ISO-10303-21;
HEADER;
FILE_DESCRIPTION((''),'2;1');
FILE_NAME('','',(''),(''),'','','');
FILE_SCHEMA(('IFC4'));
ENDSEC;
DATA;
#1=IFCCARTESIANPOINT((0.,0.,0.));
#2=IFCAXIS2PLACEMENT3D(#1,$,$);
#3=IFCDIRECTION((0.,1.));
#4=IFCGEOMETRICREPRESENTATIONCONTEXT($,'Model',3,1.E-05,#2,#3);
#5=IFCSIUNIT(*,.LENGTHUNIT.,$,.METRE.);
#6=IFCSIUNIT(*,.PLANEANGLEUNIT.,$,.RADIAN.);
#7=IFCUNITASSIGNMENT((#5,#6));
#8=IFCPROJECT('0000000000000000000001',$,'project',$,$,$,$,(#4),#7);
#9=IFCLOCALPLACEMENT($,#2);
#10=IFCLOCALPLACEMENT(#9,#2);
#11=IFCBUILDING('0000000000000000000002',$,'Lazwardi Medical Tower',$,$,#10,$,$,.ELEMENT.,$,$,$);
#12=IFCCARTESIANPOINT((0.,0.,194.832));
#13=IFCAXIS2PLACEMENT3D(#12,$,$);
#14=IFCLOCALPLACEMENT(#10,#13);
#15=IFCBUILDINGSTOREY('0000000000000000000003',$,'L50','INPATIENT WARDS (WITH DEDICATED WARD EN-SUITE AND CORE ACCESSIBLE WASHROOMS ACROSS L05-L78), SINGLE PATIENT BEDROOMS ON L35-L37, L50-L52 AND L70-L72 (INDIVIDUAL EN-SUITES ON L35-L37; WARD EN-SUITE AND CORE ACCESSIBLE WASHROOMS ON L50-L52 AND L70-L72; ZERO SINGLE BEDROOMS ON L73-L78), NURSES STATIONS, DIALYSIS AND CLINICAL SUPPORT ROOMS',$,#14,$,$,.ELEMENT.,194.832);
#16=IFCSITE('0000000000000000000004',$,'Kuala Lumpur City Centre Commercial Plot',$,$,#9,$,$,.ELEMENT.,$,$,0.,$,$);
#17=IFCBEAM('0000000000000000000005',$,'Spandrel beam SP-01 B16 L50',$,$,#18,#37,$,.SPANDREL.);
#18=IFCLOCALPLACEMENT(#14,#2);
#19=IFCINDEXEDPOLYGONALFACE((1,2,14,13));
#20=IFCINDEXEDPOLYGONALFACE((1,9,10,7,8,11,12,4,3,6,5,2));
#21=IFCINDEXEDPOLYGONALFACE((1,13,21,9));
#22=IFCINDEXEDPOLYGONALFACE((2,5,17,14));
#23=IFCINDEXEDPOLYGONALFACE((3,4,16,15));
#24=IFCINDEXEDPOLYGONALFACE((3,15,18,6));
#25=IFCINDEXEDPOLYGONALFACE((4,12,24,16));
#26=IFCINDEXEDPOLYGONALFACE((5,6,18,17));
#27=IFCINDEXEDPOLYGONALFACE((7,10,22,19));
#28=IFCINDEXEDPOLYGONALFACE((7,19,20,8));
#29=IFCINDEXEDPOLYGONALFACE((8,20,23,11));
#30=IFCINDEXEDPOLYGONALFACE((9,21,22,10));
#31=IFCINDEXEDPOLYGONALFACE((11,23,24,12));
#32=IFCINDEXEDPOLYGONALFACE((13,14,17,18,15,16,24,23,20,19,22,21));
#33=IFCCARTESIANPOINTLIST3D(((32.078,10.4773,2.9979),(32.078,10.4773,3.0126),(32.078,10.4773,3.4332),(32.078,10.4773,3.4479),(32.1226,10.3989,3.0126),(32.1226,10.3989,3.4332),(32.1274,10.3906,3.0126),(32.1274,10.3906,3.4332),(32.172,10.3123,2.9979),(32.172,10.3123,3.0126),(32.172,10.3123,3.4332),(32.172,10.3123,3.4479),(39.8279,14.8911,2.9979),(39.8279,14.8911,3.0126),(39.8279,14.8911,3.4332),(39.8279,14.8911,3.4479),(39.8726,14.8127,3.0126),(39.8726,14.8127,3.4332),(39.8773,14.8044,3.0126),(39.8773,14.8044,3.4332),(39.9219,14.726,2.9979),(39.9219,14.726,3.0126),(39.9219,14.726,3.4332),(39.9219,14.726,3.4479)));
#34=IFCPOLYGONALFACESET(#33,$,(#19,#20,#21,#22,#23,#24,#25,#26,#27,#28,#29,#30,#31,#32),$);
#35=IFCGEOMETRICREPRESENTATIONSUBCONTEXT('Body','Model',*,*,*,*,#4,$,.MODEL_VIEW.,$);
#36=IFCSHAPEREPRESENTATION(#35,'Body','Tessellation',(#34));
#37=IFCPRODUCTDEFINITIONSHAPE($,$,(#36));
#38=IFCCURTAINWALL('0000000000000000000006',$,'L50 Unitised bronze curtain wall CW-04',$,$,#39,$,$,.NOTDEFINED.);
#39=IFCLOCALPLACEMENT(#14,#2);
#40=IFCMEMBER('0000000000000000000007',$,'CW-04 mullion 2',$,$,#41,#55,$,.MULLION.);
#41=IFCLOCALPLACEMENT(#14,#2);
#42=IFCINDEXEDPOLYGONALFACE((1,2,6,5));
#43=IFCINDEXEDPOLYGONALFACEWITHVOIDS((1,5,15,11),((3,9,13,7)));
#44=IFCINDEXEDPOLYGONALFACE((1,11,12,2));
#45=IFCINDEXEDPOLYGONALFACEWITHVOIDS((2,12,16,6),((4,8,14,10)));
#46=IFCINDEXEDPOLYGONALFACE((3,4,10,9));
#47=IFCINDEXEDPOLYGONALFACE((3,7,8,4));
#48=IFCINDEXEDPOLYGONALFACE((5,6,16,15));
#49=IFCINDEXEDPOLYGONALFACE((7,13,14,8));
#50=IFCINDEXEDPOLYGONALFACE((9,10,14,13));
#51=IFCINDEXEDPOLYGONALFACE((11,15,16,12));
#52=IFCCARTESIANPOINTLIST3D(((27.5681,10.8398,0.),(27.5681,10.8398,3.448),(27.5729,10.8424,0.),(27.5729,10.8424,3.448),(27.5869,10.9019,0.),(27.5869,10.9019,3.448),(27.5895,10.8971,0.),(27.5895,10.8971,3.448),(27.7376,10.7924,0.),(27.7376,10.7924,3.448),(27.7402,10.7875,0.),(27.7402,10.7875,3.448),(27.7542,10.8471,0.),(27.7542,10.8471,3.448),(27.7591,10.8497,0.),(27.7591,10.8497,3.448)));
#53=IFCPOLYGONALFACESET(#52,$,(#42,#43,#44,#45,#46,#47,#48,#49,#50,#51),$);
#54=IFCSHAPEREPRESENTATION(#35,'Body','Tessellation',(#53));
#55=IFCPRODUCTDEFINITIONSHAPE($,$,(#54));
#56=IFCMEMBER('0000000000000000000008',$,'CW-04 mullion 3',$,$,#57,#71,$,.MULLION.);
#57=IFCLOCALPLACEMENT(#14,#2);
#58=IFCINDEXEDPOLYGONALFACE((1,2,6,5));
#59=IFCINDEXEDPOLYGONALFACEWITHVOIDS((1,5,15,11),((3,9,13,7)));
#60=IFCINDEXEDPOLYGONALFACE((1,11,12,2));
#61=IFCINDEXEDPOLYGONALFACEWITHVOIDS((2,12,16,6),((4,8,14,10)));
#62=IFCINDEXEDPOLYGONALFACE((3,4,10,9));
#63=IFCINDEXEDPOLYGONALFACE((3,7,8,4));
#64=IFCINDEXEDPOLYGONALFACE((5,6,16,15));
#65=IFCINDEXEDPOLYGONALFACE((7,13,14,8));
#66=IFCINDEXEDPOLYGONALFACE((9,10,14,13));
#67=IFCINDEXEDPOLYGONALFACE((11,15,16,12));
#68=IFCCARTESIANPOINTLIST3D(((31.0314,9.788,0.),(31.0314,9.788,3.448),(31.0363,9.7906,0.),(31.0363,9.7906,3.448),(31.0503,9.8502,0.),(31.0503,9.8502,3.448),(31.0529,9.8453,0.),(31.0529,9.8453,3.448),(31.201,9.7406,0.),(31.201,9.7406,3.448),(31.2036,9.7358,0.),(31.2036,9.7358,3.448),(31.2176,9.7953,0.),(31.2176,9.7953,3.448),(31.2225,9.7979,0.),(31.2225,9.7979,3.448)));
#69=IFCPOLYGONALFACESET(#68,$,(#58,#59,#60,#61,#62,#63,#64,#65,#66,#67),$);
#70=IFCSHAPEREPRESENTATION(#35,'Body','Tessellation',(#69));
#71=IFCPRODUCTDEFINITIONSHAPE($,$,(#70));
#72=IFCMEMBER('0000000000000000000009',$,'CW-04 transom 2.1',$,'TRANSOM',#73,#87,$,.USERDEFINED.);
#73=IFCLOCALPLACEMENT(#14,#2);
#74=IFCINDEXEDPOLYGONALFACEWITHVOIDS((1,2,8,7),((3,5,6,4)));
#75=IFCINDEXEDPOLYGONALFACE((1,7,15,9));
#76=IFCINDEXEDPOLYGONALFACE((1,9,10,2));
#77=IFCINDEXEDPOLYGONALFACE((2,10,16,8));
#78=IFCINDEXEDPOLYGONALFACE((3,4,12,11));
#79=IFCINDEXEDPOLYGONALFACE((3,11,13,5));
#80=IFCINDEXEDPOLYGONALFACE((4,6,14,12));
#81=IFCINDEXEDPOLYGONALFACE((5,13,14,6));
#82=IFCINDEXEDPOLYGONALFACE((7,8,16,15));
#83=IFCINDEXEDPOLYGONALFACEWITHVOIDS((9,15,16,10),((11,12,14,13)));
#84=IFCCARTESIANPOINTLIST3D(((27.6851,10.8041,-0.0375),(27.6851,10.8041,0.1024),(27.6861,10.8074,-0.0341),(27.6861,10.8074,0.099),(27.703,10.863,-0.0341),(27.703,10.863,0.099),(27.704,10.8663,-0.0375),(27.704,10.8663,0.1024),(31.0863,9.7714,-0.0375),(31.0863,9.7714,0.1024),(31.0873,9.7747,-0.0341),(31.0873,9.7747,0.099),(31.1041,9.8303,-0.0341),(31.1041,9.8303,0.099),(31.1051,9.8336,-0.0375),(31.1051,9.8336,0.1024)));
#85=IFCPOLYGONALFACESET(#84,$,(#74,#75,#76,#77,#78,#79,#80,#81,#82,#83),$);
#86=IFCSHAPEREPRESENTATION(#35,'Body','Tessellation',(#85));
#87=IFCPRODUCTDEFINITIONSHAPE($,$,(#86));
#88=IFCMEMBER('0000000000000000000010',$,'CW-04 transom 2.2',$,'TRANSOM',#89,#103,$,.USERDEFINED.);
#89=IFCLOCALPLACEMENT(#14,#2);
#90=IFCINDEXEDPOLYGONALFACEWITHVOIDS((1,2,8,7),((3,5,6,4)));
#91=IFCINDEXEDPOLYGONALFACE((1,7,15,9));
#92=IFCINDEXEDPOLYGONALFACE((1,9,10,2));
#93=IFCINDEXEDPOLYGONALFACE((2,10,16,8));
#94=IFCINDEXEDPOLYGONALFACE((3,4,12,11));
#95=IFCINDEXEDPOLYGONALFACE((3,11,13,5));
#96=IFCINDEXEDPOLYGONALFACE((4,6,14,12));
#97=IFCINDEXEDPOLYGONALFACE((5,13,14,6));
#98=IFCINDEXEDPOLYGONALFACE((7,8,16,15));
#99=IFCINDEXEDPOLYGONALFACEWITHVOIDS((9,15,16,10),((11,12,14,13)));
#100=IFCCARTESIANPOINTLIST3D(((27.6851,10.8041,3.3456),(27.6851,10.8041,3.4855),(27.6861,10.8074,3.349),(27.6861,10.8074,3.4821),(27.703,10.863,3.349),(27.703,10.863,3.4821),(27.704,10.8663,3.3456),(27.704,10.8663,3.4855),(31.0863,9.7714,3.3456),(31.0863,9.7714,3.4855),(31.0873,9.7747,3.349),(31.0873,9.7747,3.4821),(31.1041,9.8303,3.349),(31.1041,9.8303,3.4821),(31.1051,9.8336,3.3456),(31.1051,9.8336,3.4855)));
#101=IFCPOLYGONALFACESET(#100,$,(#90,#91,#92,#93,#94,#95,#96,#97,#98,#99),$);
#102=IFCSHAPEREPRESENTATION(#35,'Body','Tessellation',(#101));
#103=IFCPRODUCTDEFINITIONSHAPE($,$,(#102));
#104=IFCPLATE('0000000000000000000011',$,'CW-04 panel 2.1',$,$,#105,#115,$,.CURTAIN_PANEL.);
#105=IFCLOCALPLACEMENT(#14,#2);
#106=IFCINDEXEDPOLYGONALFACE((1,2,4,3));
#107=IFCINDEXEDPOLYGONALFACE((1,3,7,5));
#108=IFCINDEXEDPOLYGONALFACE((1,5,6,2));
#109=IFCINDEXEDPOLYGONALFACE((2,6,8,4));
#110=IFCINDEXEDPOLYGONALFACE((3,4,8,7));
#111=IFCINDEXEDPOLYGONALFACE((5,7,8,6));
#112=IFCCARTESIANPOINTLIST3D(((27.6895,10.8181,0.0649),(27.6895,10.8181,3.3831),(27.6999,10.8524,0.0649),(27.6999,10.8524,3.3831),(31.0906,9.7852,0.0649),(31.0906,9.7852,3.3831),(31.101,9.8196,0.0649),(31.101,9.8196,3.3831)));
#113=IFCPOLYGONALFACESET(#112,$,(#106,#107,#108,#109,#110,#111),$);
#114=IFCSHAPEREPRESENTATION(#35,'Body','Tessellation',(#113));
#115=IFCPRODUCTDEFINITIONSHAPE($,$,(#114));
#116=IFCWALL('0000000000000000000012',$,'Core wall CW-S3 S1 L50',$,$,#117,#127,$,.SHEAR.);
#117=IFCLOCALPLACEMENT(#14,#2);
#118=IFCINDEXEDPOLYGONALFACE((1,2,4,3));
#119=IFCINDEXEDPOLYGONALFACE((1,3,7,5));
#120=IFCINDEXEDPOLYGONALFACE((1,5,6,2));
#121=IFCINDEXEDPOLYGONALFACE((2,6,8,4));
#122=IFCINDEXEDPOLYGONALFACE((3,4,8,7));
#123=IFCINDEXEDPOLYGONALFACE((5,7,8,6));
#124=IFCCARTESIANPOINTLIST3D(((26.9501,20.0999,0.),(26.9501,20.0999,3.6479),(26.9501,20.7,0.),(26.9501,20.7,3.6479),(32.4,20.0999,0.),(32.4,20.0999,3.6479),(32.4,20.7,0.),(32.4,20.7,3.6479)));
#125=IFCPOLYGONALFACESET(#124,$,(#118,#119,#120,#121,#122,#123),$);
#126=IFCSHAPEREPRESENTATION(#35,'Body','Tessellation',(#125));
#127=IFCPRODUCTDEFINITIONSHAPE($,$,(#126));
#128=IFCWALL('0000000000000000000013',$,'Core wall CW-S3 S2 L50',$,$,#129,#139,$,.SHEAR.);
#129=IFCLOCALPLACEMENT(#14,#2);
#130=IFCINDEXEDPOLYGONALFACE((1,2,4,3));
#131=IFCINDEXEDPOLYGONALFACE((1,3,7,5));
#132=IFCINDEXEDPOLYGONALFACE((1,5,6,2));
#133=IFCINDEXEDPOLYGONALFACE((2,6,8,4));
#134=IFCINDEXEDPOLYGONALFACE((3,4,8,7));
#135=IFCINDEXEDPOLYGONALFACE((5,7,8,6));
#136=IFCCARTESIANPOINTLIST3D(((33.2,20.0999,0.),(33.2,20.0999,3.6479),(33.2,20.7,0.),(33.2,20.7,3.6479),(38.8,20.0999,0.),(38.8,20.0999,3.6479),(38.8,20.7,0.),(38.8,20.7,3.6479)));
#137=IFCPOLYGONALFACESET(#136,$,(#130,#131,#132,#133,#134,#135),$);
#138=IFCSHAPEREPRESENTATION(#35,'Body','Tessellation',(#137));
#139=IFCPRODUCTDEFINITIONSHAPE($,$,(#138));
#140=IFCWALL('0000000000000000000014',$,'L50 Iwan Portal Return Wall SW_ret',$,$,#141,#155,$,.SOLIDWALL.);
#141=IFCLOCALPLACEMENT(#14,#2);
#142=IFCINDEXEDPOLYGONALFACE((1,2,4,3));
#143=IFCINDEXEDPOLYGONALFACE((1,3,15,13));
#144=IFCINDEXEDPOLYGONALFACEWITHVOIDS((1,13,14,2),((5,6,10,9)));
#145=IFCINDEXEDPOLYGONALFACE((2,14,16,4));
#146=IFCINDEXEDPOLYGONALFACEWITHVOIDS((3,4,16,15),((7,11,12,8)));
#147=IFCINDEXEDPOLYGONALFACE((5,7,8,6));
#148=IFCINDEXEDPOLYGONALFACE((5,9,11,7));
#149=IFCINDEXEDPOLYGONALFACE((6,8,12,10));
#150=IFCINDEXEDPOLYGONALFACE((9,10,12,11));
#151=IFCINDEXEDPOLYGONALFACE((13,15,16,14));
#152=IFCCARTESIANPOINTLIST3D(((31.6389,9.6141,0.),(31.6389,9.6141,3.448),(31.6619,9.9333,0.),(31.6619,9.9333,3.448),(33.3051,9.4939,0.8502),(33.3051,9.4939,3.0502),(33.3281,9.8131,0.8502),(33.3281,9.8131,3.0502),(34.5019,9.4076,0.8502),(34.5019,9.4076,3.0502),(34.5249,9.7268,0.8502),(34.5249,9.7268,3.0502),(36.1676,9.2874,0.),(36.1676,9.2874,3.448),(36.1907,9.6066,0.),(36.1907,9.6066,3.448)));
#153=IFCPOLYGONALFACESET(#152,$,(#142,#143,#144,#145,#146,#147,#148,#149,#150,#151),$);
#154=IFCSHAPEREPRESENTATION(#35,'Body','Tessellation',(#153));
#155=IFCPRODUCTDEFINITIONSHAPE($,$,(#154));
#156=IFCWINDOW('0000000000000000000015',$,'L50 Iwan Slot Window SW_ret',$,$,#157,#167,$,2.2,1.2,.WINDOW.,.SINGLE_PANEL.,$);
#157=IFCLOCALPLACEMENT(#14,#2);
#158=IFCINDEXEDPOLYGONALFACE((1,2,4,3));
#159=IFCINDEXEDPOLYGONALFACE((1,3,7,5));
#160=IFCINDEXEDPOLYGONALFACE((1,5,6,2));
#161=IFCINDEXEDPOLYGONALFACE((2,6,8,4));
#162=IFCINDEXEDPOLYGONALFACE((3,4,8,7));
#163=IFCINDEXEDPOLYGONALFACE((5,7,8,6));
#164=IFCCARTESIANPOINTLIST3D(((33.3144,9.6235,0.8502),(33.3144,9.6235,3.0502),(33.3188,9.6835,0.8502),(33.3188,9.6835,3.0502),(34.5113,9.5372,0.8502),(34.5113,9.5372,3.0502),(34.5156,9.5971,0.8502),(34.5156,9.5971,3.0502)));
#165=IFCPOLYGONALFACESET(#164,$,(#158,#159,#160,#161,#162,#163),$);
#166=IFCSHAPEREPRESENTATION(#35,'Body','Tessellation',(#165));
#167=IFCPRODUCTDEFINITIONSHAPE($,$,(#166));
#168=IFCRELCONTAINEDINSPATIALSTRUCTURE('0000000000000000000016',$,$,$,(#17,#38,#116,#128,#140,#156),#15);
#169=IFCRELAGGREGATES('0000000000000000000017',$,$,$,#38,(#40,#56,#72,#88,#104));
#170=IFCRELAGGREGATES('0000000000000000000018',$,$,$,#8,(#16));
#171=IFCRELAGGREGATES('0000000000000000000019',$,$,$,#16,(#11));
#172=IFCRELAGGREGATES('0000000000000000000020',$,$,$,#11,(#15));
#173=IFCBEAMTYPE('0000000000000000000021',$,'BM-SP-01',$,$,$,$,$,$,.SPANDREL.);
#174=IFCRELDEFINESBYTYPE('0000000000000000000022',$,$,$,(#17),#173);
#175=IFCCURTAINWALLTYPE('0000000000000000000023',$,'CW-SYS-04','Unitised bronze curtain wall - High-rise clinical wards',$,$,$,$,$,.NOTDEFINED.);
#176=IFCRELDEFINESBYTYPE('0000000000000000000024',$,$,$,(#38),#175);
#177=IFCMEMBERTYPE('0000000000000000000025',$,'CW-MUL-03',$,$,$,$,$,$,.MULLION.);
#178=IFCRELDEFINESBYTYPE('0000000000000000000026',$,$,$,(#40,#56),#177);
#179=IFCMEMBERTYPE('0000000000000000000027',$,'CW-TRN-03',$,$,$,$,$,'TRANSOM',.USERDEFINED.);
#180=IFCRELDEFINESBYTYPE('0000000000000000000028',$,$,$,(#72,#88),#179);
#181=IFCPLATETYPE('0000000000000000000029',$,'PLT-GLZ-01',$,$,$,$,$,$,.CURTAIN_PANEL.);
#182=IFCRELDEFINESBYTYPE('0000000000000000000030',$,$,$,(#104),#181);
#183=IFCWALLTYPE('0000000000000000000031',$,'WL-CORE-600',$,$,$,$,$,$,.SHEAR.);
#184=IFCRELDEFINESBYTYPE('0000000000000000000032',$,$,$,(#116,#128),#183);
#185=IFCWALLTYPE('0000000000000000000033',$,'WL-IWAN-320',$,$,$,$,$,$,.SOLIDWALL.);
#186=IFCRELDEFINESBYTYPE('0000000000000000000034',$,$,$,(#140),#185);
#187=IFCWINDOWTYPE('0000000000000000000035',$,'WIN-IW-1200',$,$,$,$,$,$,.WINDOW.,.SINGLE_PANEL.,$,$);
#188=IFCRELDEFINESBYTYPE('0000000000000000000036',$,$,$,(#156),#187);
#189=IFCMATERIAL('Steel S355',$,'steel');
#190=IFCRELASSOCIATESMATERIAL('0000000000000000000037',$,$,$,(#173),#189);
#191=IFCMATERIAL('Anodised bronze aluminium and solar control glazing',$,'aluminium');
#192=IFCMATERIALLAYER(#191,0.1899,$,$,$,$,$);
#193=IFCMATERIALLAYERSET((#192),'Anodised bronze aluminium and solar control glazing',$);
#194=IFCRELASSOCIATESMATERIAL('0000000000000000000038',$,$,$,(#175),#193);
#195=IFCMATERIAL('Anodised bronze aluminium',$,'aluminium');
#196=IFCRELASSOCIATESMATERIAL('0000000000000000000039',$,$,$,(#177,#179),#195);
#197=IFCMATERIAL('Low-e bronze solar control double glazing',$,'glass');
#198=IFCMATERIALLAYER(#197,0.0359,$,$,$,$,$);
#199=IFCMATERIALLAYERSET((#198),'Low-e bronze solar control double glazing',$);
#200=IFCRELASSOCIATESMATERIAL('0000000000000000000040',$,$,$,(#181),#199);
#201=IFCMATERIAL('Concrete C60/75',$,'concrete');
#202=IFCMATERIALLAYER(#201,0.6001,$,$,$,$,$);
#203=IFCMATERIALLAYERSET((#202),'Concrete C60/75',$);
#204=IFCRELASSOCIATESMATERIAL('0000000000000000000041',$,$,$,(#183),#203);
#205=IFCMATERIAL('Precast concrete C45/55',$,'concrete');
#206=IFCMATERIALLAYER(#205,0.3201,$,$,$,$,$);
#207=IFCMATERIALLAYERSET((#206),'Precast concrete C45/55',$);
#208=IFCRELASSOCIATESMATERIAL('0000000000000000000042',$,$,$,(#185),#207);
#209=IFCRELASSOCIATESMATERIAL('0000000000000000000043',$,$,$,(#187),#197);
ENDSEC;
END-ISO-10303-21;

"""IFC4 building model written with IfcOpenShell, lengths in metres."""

from ifc_helpers import new_model, si_unit, direction, frame, frame_2d, origin, origin_2d, place, context, subcontext, project, spatial, rectangle, hollow_rectangle, i_section, extrude, material, layer, layer_set, material_profile, profile_set, type_object, element, fill, aggregate, save


model = new_model("IFC4")

# Units and contexts
model_context = context("Model", 3, precision=1e-05, world=origin(), true_north=direction((0.0, 1.0)))
body_context = subcontext(model_context, "Body", "Model", "MODEL_VIEW")
ifc_project = project(units=[si_unit("LENGTHUNIT", "METRE"), si_unit("PLANEANGLEUNIT", "RADIAN")], contexts=[model_context])

# Site, building, storey
site_placement = place(None, origin())
site = spatial("IfcSite", under=ifc_project, at=site_placement, Name="Kuala Lumpur City Centre Commercial Plot", CompositionType="ELEMENT", RefElevation=0.0)
building_placement = place(site_placement, origin())
building = spatial("IfcBuilding", under=site, at=building_placement, Name="Lazwardi Medical Tower", CompositionType="ELEMENT")
storey_placement = place(building_placement, frame((0.0, 0.0, 194.832)))
storey = spatial("IfcBuildingStorey", under=building, at=storey_placement, Name="L50", Description="INPATIENT WARDS (WITH DEDICATED WARD EN-SUITE AND CORE ACCESSIBLE WASHROOMS ACROSS L05-L78), SINGLE PATIENT BEDROOMS ON L35-L37, L50-L52 AND L70-L72 (INDIVIDUAL EN-SUITES ON L35-L37; WARD EN-SUITE AND CORE ACCESSIBLE WASHROOMS ON L50-L52 AND L70-L72; ZERO SINGLE BEDROOMS ON L73-L78), NURSES STATIONS, DIALYSIS AND CLINICAL SUPPORT ROOMS", CompositionType="ELEMENT", Elevation=194.832)

# Shared definitions
ifc_material_1 = material(Name="Concrete C60/75", Category="concrete")

# Beam
ifc_material_2 = material(Name="Steel S355", Category="steel")
ifc_material_profile_1 = material_profile(ifc_material_2, i_section(OverallWidth=0.1899, OverallDepth=0.45, WebThickness=0.0095, FlangeThickness=0.0146, at=origin_2d()), Name="IPE 450")
ifc_profile_set_1 = profile_set([ifc_material_profile_1], Name="Steel S355")
beam_type_1 = type_object("IfcBeamType", Name="BM-SP-01", PredefinedType="SPANDREL", material=ifc_profile_set_1)
beam_1_placement = place(storey_placement, frame((32.125, 10.3948, 3.2229), z_axis=(0.868955, 0.494891, 0.0), x_axis=(-0.494891, 0.868955, 0.0)))
element("IfcBeam", 1, at=beam_1_placement, inside=storey, type_object=beam_type_1, Name="Spandrel beam SP-01 B16 L50", PredefinedType="SPANDREL", context=body_context, shape_type="SweptSolid", body=[
    extrude(i_section(OverallWidth=0.1899, OverallDepth=0.45, WebThickness=0.0095, FlangeThickness=0.0146, at=origin_2d()), origin(), (0.0, 0.0, 1.0), 8.9187),
])

# Curtain wall, members, plate
ifc_material_3 = material(Name="Anodised bronze aluminium and solar control glazing", Category="aluminium")
ifc_layer_1 = layer(ifc_material_3, 0.1899)
ifc_layer_set_1 = layer_set([ifc_layer_1], Name="Anodised bronze aluminium and solar control glazing")
curtain_wall_type = type_object("IfcCurtainWallType", Name="CW-SYS-04", Description="Unitised bronze curtain wall - High-rise clinical wards", PredefinedType="NOTDEFINED", material=ifc_layer_set_1)
curtain_wall_placement = place(storey_placement, origin())
curtain_wall = element("IfcCurtainWall", 2, at=curtain_wall_placement, inside=storey, type_object=curtain_wall_type, Name="L50 Unitised bronze curtain wall CW-04", PredefinedType="NOTDEFINED")
ifc_material_4 = material(Name="Anodised bronze aluminium", Category="aluminium")
ifc_material_profile_2 = material_profile(ifc_material_4, hollow_rectangle(XDim=0.0649, YDim=0.1799, WallThickness=0.0039, at=origin_2d()), Name="ALU-MULLION 180x65x4")
ifc_profile_set_2 = profile_set([ifc_material_profile_2], Name="Anodised bronze aluminium")
member_type_1 = type_object("IfcMemberType", Name="CW-MUL-03", PredefinedType="MULLION", material=ifc_profile_set_2)
member_1_placement = place(storey_placement, frame((27.6636, 10.8447, 0.0), z_axis=(0.0, 0.0, 1.0), x_axis=(0.290582, 0.95685, 0.0)))
member_1 = element("IfcMember", 3, at=member_1_placement, type_object=member_type_1, Name="CW-04 mullion 2", PredefinedType="MULLION", context=body_context, shape_type="SweptSolid", body=[
    extrude(hollow_rectangle(XDim=0.0649, YDim=0.1799, WallThickness=0.0039, at=origin_2d()), origin(), (0.0, 0.0, 1.0), 3.448),
])
member_2_placement = place(storey_placement, frame((31.127, 9.793, 0.0), z_axis=(0.0, 0.0, 1.0), x_axis=(0.290582, 0.95685, 0.0)))
member_2 = element("IfcMember", 4, at=member_2_placement, type_object=member_type_1, Name="CW-04 mullion 3", PredefinedType="MULLION", context=body_context, shape_type="SweptSolid", body=[
    extrude(hollow_rectangle(XDim=0.0649, YDim=0.1799, WallThickness=0.0039, at=origin_2d()), origin(), (0.0, 0.0, 1.0), 3.448),
])
ifc_material_profile_3 = material_profile(ifc_material_4, hollow_rectangle(XDim=0.0649, YDim=0.1399, WallThickness=0.0034, at=origin_2d()), Name="ALU-TRANSOM 140x65x3.5")
ifc_profile_set_3 = profile_set([ifc_material_profile_3], Name="Anodised bronze aluminium")
member_type_2 = type_object("IfcMemberType", Name="CW-TRN-03", ElementType="TRANSOM", PredefinedType="USERDEFINED", material=ifc_profile_set_3)
member_3_placement = place(storey_placement, frame((27.6946, 10.8352, 0.0325), z_axis=(0.956863, -0.290541, 0.0), x_axis=(0.290541, 0.956863, 0.0)))
member_3 = element("IfcMember", 5, at=member_3_placement, type_object=member_type_2, Name="CW-04 transom 2.1", ObjectType="TRANSOM", PredefinedType="USERDEFINED", context=body_context, shape_type="SweptSolid", body=[
    extrude(hollow_rectangle(XDim=0.0649, YDim=0.1399, WallThickness=0.0034, at=origin_2d()), origin(), (0.0, 0.0, 1.0), 3.5544),
])
member_4_placement = place(storey_placement, frame((27.6946, 10.8352, 3.4155), z_axis=(0.956863, -0.290541, 0.0), x_axis=(0.290541, 0.956863, 0.0)))
member_4 = element("IfcMember", 6, at=member_4_placement, type_object=member_type_2, Name="CW-04 transom 2.2", ObjectType="TRANSOM", PredefinedType="USERDEFINED", context=body_context, shape_type="SweptSolid", body=[
    extrude(hollow_rectangle(XDim=0.0649, YDim=0.1399, WallThickness=0.0034, at=origin_2d()), origin(), (0.0, 0.0, 1.0), 3.5544),
])
ifc_material_5 = material(Name="Low-e bronze solar control double glazing", Category="glass")
ifc_layer_2 = layer(ifc_material_5, 0.0359)
ifc_layer_set_2 = layer_set([ifc_layer_2], Name="Low-e bronze solar control double glazing")
plate_type = type_object("IfcPlateType", Name="PLT-GLZ-01", PredefinedType="CURTAIN_PANEL", material=ifc_layer_set_2)
plate_placement = place(storey_placement, frame((29.3953, 10.3188, 0.0649), z_axis=(0.0, 0.0, 1.0), x_axis=(0.95685, -0.290582, 0.0)))
plate = element("IfcPlate", 7, at=plate_placement, type_object=plate_type, Name="CW-04 panel 2.1", PredefinedType="CURTAIN_PANEL", context=body_context, shape_type="SweptSolid", body=[
    extrude(rectangle(XDim=3.5544, YDim=0.0359, at=origin_2d()), origin(), (0.0, 0.0, 1.0), 3.3181),
])
aggregate(curtain_wall, [member_1, member_2, member_3, member_4, plate])

# Shared definitions
ifc_layer_3 = layer(ifc_material_1, 0.6001)
ifc_layer_set_3 = layer_set([ifc_layer_3], Name="Concrete C60/75")
wall_type_1 = type_object("IfcWallType", Name="WL-CORE-600", PredefinedType="SHEAR", material=ifc_layer_set_3)

# Walls
wall_1_placement = place(storey_placement, frame((26.95, 20.3999, 0.0), z_axis=(0.0, 0.0, 1.0), x_axis=(1.0, 0.0, 0.0)))
element("IfcWall", 8, at=wall_1_placement, inside=storey, type_object=wall_type_1, Name="Core wall CW-S3 S1 L50", PredefinedType="SHEAR", context=body_context, shape_type="SweptSolid", body=[
    extrude(rectangle(XDim=5.45, YDim=0.6001, at=frame_2d((2.7251, 0.0))), origin(), (0.0, 0.0, 1.0), 3.6479),
])
wall_2_placement = place(storey_placement, frame((33.2, 20.3999, 0.0), z_axis=(0.0, 0.0, 1.0), x_axis=(1.0, 0.0, 0.0)))
element("IfcWall", 9, at=wall_2_placement, inside=storey, type_object=wall_type_1, Name="Core wall CW-S3 S2 L50", PredefinedType="SHEAR", context=body_context, shape_type="SweptSolid", body=[
    extrude(rectangle(XDim=5.6001, YDim=0.6001, at=frame_2d((2.8, 0.0))), origin(), (0.0, 0.0, 1.0), 3.6479),
])

# Wall, opening, window
ifc_material_6 = material(Name="Precast concrete C45/55", Category="concrete")
ifc_layer_4 = layer(ifc_material_6, 0.3201)
ifc_layer_set_4 = layer_set([ifc_layer_4], Name="Precast concrete C45/55")
wall_type_2 = type_object("IfcWallType", Name="WL-IWAN-320", PredefinedType="SOLIDWALL", material=ifc_layer_set_4)
wall_3_placement = place(storey_placement, frame((31.6504, 9.7737, 0.0), z_axis=(0.0, 0.0, 1.0), x_axis=(0.997409, -0.071942, 0.0)))
wall_3 = element("IfcWall", 10, at=wall_3_placement, inside=storey, type_object=wall_type_2, Name="L50 Iwan Portal Return Wall SW_ret", PredefinedType="SOLIDWALL", context=body_context, shape_type="SweptSolid", body=[
    extrude(rectangle(XDim=4.5405, YDim=0.3201, at=frame_2d((2.2703, 0.0))), origin(), (0.0, 0.0, 1.0), 3.448),
])
opening_1_placement = place(wall_3_placement, frame((1.6704, 0.0, 0.8501)))
opening_1 = element("IfcOpeningElement", 11, at=opening_1_placement, cuts=wall_3, PredefinedType="OPENING", context=body_context, shape_type="SweptSolid", body=[
    extrude(rectangle(XDim=1.2, YDim=2.2, at=frame_2d((0.6001, 1.1001))), frame((0.0, 0.1699, 0.0), z_axis=(0.0, -1.0, 0.0), x_axis=(1.0, 0.0, 0.0)), (0.0, 0.0, 1.0), 0.3401),
])
window_type = type_object("IfcWindowType", Name="WIN-IW-1200", PartitioningType="SINGLE_PANEL", PredefinedType="WINDOW", material=ifc_material_5)
window_placement = place(opening_1_placement, origin())
window = element("IfcWindow", 12, at=window_placement, inside=storey, type_object=window_type, Name="L50 Iwan Slot Window SW_ret", OverallHeight=2.2, OverallWidth=1.2, PartitioningType="SINGLE_PANEL", PredefinedType="WINDOW", context=body_context, shape_type="SweptSolid", body=[
    extrude(rectangle(XDim=1.2, YDim=2.2, at=frame_2d((0.6001, 1.1001))), frame((0.0, 0.03, 0.0), z_axis=(0.0, -1.0, 0.0), x_axis=(1.0, 0.0, 0.0)), (0.0, 0.0, 1.0), 0.0601),
])
fill(opening_1, window)

save(model, "model.ifc")
